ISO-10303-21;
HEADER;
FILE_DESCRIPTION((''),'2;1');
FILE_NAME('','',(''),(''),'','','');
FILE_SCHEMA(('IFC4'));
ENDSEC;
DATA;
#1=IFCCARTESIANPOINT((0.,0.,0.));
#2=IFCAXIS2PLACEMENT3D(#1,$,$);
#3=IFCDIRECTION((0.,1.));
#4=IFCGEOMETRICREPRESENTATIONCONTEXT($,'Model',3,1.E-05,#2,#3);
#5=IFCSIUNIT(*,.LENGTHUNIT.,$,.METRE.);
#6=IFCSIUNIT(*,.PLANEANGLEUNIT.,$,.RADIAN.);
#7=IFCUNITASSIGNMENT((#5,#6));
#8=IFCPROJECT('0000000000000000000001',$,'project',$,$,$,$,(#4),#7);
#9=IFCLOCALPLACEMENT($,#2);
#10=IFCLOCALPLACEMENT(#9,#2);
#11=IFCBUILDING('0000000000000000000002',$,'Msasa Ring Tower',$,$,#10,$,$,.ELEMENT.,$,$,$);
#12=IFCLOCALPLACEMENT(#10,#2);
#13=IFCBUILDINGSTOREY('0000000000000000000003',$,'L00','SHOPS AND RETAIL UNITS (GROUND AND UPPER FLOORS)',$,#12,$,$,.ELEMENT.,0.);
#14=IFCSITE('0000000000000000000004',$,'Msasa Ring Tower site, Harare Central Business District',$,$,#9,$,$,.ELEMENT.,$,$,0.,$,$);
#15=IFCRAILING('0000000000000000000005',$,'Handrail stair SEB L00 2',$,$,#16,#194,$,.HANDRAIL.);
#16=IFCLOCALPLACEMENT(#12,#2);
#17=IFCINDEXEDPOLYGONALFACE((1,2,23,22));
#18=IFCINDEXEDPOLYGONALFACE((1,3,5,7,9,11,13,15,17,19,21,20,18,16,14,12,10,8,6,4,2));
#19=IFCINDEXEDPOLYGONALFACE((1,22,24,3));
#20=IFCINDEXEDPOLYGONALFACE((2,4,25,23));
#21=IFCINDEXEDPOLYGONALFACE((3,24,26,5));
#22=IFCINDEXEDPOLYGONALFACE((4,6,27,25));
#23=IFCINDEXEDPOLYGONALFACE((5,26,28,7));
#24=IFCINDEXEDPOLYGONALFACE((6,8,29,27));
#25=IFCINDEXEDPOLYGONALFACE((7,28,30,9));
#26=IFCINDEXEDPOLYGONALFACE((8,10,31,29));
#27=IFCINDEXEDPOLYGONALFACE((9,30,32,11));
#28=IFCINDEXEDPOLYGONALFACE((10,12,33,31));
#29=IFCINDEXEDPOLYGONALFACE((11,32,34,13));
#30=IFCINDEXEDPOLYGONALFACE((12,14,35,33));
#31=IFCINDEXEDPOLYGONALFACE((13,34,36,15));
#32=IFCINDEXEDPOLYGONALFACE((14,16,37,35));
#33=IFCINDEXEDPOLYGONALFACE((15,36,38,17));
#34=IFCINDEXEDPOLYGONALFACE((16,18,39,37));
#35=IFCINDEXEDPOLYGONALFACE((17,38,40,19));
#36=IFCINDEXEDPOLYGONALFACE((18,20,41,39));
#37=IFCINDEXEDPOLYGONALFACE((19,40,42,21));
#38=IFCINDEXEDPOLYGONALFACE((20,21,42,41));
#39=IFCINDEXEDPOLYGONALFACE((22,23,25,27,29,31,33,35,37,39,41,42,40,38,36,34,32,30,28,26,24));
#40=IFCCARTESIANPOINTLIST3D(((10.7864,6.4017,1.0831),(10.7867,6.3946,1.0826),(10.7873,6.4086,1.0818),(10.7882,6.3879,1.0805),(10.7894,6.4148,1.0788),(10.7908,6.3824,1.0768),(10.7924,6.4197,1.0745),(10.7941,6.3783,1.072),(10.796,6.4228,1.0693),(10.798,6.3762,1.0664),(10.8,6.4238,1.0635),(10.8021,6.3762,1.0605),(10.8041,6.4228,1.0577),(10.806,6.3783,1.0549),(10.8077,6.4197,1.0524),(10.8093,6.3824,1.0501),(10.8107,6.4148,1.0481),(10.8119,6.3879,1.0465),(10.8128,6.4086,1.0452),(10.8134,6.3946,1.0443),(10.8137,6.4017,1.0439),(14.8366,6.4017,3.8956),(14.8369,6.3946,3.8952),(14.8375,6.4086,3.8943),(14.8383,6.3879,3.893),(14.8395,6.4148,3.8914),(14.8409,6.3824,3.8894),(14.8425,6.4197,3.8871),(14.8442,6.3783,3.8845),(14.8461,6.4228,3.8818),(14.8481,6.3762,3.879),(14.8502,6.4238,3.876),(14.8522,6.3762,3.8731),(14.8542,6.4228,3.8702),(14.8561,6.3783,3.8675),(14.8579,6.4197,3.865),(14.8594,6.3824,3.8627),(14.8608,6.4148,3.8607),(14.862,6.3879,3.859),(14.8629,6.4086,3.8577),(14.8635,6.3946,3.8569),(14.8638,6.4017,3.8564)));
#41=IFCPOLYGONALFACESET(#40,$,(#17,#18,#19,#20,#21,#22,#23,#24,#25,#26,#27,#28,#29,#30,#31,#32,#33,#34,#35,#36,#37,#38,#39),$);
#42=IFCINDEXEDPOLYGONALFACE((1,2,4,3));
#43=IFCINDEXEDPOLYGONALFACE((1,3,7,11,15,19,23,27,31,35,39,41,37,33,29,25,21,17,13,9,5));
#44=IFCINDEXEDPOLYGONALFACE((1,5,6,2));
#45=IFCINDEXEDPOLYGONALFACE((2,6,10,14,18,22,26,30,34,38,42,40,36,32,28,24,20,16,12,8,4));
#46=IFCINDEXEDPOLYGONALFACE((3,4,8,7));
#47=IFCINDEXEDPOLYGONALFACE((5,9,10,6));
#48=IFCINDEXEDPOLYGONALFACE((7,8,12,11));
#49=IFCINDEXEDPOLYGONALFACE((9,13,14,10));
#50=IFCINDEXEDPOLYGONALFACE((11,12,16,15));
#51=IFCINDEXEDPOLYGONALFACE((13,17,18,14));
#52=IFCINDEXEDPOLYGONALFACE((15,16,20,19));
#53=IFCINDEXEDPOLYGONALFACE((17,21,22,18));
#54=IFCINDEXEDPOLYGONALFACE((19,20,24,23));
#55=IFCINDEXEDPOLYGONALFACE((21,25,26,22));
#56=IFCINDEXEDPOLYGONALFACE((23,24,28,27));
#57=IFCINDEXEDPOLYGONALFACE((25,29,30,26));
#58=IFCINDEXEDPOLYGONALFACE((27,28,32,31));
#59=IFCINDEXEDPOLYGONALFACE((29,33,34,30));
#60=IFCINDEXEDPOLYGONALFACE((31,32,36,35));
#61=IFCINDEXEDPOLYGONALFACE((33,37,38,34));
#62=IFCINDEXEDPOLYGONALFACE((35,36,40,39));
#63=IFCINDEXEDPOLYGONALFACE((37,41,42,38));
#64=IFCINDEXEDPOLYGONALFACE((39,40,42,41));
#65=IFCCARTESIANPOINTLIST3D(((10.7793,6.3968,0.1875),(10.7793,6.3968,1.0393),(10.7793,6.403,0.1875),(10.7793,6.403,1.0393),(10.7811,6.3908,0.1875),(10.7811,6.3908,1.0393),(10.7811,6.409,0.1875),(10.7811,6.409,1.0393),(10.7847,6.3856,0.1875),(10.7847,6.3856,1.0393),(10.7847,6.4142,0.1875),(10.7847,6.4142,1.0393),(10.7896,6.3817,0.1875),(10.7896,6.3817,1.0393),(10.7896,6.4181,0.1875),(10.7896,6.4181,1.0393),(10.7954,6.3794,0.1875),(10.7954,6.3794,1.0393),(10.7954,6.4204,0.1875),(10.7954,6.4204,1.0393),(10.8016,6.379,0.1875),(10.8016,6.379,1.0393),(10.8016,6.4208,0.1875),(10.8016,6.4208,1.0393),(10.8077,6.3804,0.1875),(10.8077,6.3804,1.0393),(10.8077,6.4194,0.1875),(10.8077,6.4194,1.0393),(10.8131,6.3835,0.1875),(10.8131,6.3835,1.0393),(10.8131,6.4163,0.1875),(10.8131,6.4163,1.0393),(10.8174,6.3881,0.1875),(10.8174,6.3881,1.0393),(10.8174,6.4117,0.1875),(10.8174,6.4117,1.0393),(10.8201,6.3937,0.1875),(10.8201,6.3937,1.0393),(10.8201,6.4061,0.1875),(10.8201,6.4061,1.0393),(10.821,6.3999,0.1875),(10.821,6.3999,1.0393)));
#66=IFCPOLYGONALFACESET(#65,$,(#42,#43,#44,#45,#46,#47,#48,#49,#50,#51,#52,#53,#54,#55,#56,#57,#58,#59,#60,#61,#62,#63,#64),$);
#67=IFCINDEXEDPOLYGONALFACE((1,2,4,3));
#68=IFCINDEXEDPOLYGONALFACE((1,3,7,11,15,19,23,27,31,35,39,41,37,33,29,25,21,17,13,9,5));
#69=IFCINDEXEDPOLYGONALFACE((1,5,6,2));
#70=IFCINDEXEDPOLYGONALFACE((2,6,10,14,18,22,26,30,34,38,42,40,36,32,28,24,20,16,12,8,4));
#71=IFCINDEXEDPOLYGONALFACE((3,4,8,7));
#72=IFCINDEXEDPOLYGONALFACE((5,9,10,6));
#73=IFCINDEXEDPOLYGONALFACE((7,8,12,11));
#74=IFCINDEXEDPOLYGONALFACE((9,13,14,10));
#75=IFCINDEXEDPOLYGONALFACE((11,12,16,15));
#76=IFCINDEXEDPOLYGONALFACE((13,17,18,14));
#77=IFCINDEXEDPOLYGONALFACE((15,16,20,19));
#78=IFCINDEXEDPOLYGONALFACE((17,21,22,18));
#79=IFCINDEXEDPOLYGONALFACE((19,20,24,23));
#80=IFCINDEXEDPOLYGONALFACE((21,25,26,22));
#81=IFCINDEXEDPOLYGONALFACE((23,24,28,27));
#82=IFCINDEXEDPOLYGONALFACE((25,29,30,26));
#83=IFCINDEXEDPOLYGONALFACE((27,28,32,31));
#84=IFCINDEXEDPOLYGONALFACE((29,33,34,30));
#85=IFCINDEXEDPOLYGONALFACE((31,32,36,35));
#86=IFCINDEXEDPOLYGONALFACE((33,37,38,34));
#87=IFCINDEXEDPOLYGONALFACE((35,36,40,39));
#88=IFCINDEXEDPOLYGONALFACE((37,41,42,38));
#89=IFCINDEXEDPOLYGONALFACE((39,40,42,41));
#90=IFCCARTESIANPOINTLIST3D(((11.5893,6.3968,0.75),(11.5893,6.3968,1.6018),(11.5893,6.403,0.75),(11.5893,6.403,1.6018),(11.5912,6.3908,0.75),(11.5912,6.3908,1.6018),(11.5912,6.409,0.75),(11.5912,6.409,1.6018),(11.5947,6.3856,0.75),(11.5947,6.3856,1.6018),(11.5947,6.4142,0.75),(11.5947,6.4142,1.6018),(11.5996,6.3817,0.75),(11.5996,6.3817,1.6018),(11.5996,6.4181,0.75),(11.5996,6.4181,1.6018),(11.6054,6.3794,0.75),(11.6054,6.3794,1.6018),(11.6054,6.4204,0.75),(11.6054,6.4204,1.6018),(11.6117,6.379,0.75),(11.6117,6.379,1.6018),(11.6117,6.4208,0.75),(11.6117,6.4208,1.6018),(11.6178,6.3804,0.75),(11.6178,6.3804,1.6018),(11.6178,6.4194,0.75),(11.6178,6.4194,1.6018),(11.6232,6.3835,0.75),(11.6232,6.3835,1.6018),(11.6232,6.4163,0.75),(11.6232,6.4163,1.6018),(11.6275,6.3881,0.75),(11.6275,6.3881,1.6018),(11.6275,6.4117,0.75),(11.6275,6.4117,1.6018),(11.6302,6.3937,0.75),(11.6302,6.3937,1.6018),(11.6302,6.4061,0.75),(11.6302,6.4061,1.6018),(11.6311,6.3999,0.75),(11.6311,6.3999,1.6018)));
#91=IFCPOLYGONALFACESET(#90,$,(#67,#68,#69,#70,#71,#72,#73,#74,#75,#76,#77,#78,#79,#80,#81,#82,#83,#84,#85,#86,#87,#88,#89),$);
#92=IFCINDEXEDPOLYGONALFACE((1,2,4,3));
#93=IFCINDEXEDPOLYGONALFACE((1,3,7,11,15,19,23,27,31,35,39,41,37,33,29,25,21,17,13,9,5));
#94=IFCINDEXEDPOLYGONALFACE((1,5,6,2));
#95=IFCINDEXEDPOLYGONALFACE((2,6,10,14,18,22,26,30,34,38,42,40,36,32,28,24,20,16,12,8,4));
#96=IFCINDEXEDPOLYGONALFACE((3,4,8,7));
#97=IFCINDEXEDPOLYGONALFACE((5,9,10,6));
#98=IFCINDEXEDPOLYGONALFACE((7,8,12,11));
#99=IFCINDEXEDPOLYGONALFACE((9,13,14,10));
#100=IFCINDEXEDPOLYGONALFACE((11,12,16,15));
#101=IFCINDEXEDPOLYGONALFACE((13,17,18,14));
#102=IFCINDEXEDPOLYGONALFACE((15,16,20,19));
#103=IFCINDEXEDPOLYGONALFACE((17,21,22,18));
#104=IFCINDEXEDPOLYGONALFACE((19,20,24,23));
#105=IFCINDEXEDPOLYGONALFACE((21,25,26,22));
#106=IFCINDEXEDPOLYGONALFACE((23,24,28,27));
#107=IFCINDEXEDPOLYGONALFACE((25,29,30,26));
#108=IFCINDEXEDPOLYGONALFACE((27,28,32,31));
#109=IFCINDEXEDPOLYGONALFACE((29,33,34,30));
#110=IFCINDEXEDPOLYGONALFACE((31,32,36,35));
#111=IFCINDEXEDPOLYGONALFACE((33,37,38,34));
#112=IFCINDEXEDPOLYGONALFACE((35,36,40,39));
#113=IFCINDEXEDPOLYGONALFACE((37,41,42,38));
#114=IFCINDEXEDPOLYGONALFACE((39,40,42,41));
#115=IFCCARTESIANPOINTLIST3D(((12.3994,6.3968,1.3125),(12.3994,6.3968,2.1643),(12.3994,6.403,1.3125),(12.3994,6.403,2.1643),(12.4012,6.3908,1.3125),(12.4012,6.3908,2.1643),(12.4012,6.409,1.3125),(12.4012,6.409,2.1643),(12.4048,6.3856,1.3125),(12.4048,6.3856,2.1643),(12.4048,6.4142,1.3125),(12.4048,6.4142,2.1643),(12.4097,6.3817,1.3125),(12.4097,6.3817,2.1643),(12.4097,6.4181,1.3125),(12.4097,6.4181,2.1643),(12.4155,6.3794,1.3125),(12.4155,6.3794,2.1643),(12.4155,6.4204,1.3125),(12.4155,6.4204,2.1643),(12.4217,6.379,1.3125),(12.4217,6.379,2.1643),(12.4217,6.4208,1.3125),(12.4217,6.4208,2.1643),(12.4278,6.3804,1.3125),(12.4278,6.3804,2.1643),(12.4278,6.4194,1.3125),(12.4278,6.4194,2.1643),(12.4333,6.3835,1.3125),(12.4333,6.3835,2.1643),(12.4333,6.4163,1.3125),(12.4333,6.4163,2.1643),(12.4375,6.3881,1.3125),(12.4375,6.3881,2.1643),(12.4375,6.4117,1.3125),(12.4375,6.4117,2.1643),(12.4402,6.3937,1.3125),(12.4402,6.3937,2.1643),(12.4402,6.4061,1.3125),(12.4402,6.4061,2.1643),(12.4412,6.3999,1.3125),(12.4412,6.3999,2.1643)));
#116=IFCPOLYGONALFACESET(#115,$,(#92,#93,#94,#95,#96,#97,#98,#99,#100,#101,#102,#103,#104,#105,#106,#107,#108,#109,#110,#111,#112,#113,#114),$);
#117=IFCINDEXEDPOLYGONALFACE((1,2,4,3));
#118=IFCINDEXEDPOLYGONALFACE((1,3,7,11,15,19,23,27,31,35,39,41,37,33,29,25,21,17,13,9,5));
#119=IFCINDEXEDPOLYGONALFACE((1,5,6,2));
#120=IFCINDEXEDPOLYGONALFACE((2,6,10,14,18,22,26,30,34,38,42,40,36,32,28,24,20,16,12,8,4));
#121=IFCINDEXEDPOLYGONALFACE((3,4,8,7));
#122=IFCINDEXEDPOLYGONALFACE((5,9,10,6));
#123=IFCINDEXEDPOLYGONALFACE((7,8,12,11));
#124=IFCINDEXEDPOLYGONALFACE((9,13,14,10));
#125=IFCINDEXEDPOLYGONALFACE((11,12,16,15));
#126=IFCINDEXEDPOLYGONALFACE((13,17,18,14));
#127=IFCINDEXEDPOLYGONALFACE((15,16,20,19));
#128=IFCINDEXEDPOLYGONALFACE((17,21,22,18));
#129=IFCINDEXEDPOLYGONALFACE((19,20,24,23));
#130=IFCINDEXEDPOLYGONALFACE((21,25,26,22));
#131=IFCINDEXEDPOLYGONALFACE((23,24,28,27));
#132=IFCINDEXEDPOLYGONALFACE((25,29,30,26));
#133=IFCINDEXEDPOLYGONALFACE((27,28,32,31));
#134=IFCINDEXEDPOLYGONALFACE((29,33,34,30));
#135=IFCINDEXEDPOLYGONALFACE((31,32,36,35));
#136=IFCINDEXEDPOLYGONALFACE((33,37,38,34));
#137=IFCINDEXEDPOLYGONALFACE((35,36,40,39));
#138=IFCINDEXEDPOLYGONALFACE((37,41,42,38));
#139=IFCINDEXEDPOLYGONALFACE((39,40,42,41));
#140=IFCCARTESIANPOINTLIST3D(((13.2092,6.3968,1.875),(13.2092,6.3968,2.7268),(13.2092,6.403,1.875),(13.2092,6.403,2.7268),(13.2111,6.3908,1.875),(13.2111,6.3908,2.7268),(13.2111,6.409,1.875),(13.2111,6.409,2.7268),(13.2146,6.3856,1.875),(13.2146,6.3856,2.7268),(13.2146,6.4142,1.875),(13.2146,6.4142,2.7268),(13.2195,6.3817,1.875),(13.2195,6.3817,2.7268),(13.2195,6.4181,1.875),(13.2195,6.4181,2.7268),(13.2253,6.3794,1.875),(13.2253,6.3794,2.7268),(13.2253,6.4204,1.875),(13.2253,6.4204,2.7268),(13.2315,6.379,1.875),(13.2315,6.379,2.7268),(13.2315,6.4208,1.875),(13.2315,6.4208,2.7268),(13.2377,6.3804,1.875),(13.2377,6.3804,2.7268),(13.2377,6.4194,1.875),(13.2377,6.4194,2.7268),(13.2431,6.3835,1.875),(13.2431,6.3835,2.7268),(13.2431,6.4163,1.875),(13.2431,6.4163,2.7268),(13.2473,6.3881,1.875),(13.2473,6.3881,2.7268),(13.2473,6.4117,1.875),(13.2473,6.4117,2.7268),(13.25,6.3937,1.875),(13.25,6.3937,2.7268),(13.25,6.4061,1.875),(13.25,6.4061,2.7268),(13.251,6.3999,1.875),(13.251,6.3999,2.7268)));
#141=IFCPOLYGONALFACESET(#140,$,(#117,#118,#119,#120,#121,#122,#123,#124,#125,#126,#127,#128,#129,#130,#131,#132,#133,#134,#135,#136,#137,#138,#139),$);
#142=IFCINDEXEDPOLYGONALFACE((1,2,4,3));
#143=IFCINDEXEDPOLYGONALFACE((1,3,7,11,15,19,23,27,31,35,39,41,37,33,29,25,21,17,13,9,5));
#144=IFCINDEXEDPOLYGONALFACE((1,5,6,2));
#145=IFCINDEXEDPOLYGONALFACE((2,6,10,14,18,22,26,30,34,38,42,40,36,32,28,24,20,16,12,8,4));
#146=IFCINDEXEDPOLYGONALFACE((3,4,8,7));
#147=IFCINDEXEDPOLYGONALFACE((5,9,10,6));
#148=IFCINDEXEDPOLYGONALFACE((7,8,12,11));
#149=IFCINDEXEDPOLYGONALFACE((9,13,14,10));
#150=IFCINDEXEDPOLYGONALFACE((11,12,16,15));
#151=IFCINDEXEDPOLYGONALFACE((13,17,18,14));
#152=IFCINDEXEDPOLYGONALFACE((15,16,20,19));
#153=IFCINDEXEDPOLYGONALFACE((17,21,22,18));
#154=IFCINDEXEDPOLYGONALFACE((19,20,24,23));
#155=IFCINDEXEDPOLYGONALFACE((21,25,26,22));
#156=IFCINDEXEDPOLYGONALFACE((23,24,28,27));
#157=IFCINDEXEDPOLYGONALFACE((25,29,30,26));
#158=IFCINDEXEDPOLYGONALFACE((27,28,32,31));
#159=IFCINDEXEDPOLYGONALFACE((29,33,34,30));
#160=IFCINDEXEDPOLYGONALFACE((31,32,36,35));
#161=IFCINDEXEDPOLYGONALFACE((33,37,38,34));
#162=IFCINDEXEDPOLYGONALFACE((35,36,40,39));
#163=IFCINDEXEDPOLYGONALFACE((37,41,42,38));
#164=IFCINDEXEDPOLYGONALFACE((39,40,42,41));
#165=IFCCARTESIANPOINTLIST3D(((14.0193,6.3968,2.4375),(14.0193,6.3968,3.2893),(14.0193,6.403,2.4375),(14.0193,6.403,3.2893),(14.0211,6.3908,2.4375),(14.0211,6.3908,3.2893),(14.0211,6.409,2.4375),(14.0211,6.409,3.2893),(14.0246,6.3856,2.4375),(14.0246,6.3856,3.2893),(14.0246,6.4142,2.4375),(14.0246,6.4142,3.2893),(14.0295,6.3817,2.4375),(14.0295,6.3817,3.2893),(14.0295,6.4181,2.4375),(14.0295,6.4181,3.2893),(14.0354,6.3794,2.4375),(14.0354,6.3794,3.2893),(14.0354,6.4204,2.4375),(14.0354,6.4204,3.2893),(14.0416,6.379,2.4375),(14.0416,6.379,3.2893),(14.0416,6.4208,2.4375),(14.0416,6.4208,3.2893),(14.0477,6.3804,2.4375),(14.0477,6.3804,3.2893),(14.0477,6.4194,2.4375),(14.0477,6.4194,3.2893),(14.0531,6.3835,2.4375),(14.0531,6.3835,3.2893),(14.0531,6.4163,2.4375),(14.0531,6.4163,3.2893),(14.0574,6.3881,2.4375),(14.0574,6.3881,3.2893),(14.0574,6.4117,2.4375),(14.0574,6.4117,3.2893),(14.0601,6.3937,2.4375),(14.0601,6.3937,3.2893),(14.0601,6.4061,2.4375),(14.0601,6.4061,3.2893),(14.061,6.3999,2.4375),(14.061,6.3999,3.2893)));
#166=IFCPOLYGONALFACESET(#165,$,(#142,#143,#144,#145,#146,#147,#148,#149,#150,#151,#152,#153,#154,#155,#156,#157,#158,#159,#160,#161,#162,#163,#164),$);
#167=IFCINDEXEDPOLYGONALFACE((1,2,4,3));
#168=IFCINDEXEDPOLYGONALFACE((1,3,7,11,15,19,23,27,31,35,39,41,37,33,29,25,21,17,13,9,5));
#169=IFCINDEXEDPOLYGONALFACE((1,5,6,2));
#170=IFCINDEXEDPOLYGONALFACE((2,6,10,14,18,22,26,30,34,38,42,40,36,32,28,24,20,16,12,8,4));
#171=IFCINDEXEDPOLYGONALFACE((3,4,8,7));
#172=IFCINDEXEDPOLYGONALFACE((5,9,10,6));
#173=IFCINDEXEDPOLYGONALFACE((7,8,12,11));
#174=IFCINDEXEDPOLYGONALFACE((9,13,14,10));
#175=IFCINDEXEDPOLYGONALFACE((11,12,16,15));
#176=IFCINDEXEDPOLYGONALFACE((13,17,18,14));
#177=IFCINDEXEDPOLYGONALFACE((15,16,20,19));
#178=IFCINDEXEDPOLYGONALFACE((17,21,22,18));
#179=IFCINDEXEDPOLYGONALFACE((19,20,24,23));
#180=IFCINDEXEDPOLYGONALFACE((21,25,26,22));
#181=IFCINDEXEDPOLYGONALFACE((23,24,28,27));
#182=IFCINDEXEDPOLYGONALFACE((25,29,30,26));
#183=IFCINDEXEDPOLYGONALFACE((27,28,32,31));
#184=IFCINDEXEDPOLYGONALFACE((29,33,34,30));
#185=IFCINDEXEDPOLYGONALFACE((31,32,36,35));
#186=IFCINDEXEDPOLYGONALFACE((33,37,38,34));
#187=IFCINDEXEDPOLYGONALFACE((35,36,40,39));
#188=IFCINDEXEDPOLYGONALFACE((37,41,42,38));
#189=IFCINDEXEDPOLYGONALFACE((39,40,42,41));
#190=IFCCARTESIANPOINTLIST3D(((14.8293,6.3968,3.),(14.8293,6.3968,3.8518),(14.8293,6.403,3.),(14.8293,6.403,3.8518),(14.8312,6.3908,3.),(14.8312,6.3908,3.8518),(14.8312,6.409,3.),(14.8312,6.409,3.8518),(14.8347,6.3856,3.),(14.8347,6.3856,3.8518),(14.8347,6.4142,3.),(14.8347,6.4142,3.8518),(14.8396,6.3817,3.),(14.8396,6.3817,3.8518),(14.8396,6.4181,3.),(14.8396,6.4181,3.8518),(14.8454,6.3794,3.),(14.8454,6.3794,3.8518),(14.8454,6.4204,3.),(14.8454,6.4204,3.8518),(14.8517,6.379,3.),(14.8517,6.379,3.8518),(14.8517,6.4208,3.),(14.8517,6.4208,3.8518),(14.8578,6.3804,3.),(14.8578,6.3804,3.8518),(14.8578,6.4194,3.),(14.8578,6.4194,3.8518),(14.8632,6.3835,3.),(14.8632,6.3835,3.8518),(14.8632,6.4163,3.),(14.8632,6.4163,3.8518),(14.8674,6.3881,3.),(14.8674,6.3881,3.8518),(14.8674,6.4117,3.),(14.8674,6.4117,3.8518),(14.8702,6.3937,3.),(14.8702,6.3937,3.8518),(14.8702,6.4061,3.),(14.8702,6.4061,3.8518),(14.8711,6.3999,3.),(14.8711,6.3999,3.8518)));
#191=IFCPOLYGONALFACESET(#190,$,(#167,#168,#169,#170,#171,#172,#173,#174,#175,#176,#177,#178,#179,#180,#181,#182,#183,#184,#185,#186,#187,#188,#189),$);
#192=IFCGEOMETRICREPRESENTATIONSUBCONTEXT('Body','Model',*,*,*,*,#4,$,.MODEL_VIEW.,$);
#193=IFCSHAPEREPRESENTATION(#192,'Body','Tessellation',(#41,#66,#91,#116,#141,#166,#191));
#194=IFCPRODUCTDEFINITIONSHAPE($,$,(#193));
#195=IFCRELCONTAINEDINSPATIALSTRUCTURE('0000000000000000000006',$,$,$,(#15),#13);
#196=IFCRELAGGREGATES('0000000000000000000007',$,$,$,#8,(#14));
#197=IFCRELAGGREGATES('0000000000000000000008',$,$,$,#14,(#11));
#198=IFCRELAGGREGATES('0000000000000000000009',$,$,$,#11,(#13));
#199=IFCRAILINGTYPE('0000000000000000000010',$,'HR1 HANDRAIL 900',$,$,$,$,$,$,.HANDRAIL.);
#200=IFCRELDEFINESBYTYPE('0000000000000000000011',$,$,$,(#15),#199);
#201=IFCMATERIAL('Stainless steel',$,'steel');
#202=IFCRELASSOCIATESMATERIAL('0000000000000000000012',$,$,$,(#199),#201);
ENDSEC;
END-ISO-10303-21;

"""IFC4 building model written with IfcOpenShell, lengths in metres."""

from ifc_helpers import new_model, si_unit, direction, frame, origin, origin_2d, place, context, subcontext, project, spatial, circle, extrude, material, type_object, element, save


model = new_model("IFC4")

# Units and contexts
model_context = context("Model", 3, precision=1e-05, world=origin(), true_north=direction((0.0, 1.0)))
body_context = subcontext(model_context, "Body", "Model", "MODEL_VIEW")
ifc_project = project(units=[si_unit("LENGTHUNIT", "METRE"), si_unit("PLANEANGLEUNIT", "RADIAN")], contexts=[model_context])

# Site, building, storey
site_placement = place(None, origin())
site = spatial("IfcSite", under=ifc_project, at=site_placement, Name="Msasa Ring Tower site, Harare Central Business District", CompositionType="ELEMENT", RefElevation=0.0)
building_placement = place(site_placement, origin())
building = spatial("IfcBuilding", under=site, at=building_placement, Name="Msasa Ring Tower", CompositionType="ELEMENT")
storey_placement = place(building_placement, origin())
storey = spatial("IfcBuildingStorey", under=building, at=storey_placement, Name="L00", Description="SHOPS AND RETAIL UNITS (GROUND AND UPPER FLOORS)", CompositionType="ELEMENT", Elevation=0.0)

# Railing
ifc_material_1 = material(Name="Stainless steel", Category="steel")
railing_type = type_object("IfcRailingType", Name="HR1 HANDRAIL 900", PredefinedType="HANDRAIL", material=ifc_material_1)
for number, where, name in (
    (1, (10.8, 6.3999, 0.1875), "Handrail stair SEB L00 2"),
):
    element("IfcRailing", number, at=place(storey_placement, frame(where)), inside=storey, type_object=railing_type, Name=name, PredefinedType="HANDRAIL", context=body_context, shape_type="SweptSolid", body=[
        extrude(circle(Radius=0.0239, at=origin_2d()), frame((0.0, 0.0, 0.876), z_axis=(0.821373, 0.0, 0.570391), x_axis=(0.0, 1.0, 0.0)), (0.0, 0.0, 1.0), 4.9309),
        extrude(circle(Radius=0.021, at=origin_2d()), origin(), (0.0, 0.0, 1.0), 0.8518),
        extrude(circle(Radius=0.021, at=origin_2d()), frame((0.8101, 0.0, 0.5625)), (0.0, 0.0, 1.0), 0.8518),
        extrude(circle(Radius=0.021, at=origin_2d()), frame((1.6201, 0.0, 1.125)), (0.0, 0.0, 1.0), 0.8518),
        extrude(circle(Radius=0.021, at=origin_2d()), frame((2.4299, 0.0, 1.6875)), (0.0, 0.0, 1.0), 0.8518),
        extrude(circle(Radius=0.021, at=origin_2d()), frame((3.24, 0.0, 2.25)), (0.0, 0.0, 1.0), 0.8518),
        extrude(circle(Radius=0.021, at=origin_2d()), frame((4.05, 0.0, 2.8125)), (0.0, 0.0, 1.0), 0.8518),
    ])

save(model, "model.ifc")
